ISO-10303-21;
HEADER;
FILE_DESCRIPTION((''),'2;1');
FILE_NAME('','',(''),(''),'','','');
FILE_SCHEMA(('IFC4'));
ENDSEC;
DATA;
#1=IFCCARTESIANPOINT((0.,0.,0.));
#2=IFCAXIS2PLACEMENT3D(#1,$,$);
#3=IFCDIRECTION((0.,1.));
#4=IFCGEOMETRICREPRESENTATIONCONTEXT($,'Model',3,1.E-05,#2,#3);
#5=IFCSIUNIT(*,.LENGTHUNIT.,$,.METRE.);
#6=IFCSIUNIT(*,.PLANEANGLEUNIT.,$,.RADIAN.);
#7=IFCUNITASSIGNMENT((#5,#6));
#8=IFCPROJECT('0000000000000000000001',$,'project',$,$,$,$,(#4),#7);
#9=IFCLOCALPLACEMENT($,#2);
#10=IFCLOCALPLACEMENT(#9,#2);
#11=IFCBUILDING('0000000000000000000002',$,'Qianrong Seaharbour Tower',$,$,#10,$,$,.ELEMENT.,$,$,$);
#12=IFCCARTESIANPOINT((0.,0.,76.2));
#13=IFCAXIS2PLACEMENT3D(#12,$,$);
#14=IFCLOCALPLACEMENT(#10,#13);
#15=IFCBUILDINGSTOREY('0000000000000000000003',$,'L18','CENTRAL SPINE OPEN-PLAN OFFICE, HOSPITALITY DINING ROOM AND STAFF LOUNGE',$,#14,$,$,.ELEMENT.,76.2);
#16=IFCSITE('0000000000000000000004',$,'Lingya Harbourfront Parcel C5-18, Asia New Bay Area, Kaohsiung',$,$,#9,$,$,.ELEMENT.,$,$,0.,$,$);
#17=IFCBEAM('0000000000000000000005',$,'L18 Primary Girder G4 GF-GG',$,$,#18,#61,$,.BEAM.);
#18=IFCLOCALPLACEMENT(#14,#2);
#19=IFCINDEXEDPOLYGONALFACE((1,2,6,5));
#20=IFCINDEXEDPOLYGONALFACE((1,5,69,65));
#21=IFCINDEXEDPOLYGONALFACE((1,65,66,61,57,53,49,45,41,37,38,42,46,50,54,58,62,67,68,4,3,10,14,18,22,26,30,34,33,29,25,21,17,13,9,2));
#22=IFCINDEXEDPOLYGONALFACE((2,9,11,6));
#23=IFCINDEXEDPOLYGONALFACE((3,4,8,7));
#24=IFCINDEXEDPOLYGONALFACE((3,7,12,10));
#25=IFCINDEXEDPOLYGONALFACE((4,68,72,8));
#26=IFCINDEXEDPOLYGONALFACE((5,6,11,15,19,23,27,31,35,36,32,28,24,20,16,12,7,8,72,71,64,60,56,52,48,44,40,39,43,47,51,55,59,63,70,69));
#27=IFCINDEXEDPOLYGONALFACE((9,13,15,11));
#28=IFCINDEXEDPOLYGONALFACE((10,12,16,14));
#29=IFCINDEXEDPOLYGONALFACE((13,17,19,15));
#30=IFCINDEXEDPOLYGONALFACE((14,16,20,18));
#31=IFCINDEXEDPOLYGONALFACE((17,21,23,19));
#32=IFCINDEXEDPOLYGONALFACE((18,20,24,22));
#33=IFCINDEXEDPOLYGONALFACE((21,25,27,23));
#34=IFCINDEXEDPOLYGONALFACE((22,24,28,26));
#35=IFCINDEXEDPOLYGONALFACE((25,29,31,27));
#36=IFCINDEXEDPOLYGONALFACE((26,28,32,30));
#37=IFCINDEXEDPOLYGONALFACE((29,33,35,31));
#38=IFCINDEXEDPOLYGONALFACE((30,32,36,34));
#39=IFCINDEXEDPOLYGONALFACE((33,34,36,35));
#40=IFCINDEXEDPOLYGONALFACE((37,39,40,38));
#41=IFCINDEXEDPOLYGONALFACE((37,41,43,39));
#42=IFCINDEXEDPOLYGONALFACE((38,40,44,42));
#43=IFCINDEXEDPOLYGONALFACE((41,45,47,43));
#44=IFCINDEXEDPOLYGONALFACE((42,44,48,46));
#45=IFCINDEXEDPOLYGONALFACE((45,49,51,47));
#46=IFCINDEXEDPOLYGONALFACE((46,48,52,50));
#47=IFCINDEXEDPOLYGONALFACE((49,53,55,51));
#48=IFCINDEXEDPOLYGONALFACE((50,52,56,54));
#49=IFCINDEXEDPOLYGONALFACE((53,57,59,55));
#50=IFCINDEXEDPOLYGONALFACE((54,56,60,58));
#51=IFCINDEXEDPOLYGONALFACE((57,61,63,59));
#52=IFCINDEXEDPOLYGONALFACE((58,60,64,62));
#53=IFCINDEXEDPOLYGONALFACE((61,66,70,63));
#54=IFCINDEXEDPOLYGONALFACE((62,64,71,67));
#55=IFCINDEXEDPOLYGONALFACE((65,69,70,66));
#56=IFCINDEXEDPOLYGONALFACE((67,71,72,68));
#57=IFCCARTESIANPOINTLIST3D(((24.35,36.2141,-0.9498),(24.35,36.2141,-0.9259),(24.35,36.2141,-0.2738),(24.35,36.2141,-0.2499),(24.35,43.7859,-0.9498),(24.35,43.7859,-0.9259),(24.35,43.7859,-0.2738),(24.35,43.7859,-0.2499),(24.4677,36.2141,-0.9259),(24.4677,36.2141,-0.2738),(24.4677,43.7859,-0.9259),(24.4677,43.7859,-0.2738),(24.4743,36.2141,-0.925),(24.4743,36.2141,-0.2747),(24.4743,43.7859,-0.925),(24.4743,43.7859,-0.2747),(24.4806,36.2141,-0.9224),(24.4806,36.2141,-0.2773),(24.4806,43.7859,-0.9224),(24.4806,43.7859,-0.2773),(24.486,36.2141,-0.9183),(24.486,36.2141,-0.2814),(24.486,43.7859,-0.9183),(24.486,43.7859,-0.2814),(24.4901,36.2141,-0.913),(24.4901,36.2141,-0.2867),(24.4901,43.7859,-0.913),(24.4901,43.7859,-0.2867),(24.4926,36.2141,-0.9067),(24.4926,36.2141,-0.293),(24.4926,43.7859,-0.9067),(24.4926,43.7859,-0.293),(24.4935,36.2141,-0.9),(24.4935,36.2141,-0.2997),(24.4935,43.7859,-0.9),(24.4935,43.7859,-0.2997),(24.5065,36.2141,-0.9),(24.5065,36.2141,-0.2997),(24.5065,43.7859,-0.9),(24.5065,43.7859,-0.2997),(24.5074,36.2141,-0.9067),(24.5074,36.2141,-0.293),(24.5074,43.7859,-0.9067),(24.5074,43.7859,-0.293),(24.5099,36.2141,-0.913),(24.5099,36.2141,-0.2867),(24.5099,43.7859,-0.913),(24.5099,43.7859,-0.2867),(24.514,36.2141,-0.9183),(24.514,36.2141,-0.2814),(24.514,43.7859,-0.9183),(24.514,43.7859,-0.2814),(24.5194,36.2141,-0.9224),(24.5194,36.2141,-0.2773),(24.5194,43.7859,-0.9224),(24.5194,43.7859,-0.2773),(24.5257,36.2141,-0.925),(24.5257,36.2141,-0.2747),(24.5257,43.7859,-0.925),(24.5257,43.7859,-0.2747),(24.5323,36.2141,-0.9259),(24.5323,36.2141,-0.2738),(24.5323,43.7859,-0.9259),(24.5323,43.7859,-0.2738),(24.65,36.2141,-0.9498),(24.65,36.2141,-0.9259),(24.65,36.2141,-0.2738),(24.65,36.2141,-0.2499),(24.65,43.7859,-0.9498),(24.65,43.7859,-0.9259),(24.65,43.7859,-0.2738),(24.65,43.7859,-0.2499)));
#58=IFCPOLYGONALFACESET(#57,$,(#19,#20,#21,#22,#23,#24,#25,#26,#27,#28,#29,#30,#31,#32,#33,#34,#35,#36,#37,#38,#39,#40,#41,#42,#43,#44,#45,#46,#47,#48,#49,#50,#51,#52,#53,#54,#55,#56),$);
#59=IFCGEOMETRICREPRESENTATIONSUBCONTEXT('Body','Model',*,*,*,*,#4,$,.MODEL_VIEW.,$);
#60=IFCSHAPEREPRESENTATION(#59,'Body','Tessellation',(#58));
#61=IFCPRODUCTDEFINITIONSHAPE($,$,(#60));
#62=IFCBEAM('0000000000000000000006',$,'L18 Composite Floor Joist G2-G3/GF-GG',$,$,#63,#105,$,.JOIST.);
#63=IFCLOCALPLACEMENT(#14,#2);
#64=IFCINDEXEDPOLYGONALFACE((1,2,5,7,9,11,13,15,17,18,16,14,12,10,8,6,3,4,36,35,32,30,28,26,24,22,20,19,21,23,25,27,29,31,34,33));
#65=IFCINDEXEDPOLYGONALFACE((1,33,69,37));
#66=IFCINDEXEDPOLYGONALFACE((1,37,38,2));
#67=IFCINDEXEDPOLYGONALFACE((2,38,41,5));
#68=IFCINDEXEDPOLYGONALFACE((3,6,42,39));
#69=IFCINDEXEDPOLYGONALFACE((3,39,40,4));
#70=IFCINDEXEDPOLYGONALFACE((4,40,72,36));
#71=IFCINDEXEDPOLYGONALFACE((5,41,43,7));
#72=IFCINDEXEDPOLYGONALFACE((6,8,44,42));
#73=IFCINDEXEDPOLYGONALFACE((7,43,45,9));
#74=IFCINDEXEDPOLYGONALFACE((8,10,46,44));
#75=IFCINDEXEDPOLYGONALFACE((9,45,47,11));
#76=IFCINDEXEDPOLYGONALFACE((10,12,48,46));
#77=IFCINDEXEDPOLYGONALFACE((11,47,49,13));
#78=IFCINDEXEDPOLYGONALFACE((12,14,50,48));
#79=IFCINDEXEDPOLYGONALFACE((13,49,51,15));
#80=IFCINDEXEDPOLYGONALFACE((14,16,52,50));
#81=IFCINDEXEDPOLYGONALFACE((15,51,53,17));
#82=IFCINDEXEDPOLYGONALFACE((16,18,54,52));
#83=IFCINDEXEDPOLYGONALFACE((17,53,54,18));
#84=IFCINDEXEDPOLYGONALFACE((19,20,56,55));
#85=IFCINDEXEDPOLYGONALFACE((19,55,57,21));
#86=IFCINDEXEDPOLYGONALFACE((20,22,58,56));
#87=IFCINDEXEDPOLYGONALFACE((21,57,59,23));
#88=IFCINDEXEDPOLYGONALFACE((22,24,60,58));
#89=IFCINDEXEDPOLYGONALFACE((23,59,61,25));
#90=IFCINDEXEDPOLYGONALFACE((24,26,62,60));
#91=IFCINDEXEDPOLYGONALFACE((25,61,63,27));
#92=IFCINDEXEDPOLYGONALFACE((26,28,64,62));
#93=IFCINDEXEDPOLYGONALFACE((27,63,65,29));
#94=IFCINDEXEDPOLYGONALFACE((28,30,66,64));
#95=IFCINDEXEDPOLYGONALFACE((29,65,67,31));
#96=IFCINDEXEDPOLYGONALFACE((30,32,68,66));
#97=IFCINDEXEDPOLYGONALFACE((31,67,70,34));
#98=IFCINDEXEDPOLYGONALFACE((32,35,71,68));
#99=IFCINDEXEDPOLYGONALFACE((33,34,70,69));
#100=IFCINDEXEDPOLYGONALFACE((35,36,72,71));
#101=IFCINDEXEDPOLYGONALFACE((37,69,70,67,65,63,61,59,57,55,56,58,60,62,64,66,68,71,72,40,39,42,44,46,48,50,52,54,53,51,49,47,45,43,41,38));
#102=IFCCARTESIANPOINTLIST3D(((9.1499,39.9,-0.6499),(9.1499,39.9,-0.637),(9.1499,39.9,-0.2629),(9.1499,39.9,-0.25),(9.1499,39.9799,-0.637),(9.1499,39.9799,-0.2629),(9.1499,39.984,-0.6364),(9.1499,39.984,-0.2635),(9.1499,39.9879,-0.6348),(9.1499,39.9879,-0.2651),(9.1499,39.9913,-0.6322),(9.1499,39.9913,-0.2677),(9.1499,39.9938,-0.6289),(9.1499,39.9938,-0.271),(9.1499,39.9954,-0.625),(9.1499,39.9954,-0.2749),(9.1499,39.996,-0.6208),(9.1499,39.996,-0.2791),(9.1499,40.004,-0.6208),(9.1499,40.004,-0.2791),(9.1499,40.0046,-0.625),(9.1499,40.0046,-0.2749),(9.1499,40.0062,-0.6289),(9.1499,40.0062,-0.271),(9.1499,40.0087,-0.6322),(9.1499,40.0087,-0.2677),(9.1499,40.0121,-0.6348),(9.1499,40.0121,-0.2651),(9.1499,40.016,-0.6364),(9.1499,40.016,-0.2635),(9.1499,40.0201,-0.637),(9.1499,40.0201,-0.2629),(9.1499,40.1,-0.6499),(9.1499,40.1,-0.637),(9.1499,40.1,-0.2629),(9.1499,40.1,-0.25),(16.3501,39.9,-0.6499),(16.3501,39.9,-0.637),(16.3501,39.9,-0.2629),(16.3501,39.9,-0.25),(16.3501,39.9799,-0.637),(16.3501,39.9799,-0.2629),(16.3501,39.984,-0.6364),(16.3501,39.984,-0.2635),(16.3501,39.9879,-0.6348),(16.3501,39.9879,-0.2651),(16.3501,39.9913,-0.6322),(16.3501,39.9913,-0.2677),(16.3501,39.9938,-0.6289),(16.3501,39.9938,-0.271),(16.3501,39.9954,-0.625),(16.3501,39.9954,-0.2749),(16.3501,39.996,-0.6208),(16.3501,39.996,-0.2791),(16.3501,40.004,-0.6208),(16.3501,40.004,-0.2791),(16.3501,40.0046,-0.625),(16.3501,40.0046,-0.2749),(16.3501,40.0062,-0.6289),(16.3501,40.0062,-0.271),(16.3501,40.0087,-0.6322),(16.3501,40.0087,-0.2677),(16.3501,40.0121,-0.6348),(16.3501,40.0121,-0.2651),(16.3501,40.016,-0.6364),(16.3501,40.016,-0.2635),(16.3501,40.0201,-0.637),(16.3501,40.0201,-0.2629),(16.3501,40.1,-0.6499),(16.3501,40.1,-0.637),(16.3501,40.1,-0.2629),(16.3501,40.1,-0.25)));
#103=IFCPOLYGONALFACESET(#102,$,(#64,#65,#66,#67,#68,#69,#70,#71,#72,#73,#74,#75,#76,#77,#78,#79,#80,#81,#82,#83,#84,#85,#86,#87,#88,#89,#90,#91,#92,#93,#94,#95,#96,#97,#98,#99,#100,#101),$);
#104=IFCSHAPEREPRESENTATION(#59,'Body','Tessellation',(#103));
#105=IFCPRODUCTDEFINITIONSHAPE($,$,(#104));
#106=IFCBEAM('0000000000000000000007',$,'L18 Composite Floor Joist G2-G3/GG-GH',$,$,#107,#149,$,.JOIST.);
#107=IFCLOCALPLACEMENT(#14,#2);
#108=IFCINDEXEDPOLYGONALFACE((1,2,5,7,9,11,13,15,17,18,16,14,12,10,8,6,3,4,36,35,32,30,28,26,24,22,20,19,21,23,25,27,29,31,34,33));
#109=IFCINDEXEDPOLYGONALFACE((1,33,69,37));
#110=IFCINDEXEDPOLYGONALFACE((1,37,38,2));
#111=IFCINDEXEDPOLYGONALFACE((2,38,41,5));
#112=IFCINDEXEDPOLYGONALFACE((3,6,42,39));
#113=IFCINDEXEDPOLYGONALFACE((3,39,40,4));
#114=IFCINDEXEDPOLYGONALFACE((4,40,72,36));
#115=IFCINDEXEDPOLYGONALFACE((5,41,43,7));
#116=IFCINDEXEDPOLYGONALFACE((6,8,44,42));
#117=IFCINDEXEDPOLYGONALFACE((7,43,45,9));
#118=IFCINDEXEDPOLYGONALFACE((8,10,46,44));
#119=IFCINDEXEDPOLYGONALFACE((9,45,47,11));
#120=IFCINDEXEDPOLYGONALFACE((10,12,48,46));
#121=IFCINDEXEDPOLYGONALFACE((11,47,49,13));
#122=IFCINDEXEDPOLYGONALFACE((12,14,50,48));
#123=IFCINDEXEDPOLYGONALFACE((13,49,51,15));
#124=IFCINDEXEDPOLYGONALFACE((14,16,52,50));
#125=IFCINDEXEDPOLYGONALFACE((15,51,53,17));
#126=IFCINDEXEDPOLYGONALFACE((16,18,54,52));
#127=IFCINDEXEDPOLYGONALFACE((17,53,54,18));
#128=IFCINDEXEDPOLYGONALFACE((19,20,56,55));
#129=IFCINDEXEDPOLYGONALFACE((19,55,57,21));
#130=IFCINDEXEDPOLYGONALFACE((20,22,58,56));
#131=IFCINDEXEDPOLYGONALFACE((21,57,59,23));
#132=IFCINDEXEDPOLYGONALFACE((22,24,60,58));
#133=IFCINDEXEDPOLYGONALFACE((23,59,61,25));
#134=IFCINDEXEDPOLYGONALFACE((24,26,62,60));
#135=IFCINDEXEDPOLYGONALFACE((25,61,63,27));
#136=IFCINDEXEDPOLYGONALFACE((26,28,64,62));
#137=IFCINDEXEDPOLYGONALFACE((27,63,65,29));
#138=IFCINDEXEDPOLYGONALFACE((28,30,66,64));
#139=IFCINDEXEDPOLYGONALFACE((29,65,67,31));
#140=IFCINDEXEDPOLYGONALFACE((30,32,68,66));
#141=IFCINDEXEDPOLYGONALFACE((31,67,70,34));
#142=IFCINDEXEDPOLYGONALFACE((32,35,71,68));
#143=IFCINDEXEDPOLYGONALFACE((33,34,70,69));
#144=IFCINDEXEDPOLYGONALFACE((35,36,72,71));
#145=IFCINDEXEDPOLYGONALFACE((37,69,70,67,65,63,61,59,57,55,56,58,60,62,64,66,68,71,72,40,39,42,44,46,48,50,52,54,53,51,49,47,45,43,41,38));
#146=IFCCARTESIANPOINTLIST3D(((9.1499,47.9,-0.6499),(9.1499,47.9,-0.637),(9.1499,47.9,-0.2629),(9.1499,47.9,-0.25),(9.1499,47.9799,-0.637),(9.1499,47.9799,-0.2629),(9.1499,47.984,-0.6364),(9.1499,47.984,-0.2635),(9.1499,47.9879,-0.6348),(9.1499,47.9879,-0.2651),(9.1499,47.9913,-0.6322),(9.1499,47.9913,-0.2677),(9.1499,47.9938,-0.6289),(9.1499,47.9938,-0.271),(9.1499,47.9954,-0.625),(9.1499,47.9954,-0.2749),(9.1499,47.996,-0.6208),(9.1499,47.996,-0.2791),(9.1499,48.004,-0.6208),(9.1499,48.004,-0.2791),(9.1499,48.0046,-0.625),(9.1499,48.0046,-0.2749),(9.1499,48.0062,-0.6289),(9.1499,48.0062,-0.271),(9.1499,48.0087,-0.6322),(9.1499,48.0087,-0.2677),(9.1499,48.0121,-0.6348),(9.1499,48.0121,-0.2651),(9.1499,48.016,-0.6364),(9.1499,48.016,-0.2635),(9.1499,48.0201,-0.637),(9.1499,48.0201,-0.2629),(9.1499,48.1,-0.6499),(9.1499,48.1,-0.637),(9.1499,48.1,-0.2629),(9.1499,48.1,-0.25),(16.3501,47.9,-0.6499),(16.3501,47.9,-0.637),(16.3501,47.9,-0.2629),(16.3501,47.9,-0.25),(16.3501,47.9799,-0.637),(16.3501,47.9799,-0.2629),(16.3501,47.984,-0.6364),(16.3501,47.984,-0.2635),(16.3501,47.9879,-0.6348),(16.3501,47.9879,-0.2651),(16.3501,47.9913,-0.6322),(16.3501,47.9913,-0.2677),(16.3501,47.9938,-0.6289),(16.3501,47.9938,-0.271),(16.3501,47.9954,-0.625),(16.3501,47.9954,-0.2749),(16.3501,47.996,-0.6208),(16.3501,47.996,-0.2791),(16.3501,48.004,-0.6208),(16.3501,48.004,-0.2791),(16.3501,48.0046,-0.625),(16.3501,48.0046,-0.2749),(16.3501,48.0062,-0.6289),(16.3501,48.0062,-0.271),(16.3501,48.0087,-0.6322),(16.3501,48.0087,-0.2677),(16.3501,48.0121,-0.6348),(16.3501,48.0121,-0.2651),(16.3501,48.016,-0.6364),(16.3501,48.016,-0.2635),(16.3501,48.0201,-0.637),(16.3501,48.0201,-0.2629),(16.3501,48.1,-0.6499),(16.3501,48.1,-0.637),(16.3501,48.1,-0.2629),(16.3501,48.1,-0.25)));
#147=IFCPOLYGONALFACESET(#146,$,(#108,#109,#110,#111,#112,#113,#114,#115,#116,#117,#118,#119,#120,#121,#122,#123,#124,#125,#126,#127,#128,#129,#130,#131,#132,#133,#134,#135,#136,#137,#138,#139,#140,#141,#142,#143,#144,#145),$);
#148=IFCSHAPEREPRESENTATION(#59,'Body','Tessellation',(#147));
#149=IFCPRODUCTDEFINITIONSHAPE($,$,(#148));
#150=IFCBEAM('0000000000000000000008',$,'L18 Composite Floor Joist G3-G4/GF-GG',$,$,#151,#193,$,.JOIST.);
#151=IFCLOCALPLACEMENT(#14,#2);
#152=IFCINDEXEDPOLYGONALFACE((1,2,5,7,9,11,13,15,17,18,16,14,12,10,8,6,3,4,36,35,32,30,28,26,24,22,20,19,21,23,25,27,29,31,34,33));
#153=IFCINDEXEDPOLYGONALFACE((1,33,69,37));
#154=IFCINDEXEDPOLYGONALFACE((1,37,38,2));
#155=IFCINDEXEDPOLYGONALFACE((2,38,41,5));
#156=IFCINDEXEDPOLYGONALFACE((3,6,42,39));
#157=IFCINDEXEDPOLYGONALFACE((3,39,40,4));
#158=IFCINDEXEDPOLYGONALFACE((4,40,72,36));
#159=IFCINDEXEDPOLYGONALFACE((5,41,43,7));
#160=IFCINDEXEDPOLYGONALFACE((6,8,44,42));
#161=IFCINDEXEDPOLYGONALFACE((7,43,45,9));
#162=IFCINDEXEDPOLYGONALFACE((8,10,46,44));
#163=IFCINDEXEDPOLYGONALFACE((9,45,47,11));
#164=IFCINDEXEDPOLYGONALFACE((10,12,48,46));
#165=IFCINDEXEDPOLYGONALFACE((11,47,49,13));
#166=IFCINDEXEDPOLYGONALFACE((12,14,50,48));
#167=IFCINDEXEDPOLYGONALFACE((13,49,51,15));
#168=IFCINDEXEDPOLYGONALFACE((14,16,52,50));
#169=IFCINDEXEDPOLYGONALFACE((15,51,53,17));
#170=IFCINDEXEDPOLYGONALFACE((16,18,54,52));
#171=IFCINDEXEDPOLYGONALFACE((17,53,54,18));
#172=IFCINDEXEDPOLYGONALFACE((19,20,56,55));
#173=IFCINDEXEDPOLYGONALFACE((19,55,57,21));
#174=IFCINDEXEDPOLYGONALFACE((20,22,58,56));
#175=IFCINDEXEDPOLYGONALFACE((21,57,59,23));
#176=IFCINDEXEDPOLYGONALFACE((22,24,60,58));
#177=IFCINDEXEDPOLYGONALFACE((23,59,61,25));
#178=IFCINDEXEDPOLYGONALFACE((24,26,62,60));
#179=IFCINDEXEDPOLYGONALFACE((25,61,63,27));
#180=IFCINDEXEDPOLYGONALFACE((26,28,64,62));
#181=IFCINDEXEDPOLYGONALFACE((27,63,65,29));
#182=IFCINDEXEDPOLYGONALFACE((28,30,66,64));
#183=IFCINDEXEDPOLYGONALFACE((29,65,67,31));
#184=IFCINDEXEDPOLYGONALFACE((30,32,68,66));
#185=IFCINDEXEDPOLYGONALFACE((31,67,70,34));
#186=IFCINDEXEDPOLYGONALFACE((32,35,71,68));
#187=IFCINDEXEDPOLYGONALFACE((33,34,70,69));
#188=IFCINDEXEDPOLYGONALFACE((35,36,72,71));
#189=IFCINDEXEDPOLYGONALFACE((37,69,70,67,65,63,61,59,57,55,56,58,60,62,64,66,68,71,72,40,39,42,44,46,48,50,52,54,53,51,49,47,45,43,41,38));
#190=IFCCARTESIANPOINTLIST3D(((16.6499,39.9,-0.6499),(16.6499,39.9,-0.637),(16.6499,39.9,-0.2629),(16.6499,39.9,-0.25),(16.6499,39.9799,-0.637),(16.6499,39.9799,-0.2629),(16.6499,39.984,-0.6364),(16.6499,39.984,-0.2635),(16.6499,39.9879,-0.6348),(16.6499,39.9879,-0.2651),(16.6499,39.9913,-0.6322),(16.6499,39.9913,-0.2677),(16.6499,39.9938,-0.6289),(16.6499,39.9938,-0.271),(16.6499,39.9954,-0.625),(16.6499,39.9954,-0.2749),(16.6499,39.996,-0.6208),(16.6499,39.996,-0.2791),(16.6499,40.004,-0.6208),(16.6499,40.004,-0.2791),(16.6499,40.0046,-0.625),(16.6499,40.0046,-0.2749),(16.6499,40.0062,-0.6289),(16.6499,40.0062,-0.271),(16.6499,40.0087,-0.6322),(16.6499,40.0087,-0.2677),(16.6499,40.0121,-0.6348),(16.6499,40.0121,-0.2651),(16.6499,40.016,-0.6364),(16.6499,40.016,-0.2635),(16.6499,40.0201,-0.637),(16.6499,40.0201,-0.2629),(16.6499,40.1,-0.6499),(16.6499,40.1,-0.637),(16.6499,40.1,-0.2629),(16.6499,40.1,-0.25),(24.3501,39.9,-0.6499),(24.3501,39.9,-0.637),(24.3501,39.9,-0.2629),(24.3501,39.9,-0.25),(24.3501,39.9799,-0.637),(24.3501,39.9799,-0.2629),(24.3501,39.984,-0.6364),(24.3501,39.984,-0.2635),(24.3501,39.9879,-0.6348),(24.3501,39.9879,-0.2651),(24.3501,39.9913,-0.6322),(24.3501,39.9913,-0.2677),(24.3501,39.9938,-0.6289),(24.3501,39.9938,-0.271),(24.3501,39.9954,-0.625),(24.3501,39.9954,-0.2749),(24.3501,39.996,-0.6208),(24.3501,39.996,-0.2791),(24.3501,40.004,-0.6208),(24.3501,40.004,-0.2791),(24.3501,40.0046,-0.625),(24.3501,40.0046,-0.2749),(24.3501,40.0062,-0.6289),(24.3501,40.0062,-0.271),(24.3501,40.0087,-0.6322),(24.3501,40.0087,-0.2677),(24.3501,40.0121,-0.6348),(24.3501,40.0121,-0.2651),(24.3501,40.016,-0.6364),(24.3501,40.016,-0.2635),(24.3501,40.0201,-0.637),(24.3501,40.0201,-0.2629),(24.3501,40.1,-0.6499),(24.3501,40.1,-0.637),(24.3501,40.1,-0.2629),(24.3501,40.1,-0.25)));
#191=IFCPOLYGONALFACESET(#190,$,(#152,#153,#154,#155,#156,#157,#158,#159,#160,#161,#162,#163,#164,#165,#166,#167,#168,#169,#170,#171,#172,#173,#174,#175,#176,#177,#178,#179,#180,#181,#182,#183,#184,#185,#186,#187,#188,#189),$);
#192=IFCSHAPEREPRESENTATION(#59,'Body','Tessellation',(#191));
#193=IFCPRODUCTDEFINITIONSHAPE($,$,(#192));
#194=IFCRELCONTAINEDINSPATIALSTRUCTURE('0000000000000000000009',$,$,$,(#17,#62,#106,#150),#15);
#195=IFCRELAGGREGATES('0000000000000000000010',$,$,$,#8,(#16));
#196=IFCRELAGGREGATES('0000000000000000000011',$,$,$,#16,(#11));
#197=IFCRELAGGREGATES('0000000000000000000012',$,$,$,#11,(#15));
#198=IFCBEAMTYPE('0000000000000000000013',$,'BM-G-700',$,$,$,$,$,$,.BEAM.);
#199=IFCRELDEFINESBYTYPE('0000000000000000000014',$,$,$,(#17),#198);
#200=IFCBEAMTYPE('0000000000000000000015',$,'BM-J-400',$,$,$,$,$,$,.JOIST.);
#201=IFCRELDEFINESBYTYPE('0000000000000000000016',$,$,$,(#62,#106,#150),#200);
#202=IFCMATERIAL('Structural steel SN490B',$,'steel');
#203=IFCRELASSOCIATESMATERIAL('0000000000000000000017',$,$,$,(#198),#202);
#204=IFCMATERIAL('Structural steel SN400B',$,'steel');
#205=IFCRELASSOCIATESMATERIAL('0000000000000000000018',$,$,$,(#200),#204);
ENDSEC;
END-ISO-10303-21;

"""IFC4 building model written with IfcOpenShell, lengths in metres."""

from ifc_helpers import new_model, si_unit, direction, frame, origin, origin_2d, place, context, subcontext, project, spatial, i_section, extrude, material, material_profile, profile_set, type_object, element, save


model = new_model("IFC4")

# Units and contexts
model_context = context("Model", 3, precision=1e-05, world=origin(), true_north=direction((0.0, 1.0)))
body_context = subcontext(model_context, "Body", "Model", "MODEL_VIEW")
ifc_project = project(units=[si_unit("LENGTHUNIT", "METRE"), si_unit("PLANEANGLEUNIT", "RADIAN")], contexts=[model_context])

# Site, building, storey
site_placement = place(None, origin())
site = spatial("IfcSite", under=ifc_project, at=site_placement, Name="Lingya Harbourfront Parcel C5-18, Asia New Bay Area, Kaohsiung", CompositionType="ELEMENT", RefElevation=0.0)
building_placement = place(site_placement, origin())
building = spatial("IfcBuilding", under=site, at=building_placement, Name="Qianrong Seaharbour Tower", CompositionType="ELEMENT")
storey_placement = place(building_placement, frame((0.0, 0.0, 76.2)))
storey = spatial("IfcBuildingStorey", under=building, at=storey_placement, Name="L18", Description="CENTRAL SPINE OPEN-PLAN OFFICE, HOSPITALITY DINING ROOM AND STAFF LOUNGE", CompositionType="ELEMENT", Elevation=76.2)

# Shared definitions
ifc_material_1 = material(Name="Structural steel SN490B", Category="steel")

# Beams
ifc_material_profile_1 = material_profile(ifc_material_1, i_section(OverallWidth=0.3, OverallDepth=0.7, WebThickness=0.0129, FlangeThickness=0.0239, FilletRadius=0.0259, at=origin_2d()), Name="H700x300x13x24")
ifc_profile_set_1 = profile_set([ifc_material_profile_1], Name="Structural steel SN490B")
beam_type_1 = type_object("IfcBeamType", Name="BM-G-700", PredefinedType="BEAM", material=ifc_profile_set_1)
beam_1_placement = place(storey_placement, frame((24.5, 36.2141, -0.5999), z_axis=(0.0, 1.0, 0.0), x_axis=(-1.0, 0.0, 0.0)))
element("IfcBeam", 1, at=beam_1_placement, inside=storey, type_object=beam_type_1, Name="L18 Primary Girder G4 GF-GG", PredefinedType="BEAM", context=body_context, shape_type="SweptSolid", body=[
    extrude(i_section(OverallWidth=0.3, OverallDepth=0.7, WebThickness=0.0129, FlangeThickness=0.0239, FilletRadius=0.0259, at=origin_2d()), origin(), (0.0, 0.0, 1.0), 7.5718),
])
ifc_material_2 = material(Name="Structural steel SN400B", Category="steel")
ifc_material_profile_2 = material_profile(ifc_material_2, i_section(OverallWidth=0.2, OverallDepth=0.3999, WebThickness=0.0081, FlangeThickness=0.0129, FilletRadius=0.0161, at=origin_2d()), Name="H400x200x8x13")
ifc_profile_set_2 = profile_set([ifc_material_profile_2], Name="Structural steel SN400B")
beam_type_2 = type_object("IfcBeamType", Name="BM-J-400", PredefinedType="JOIST", material=ifc_profile_set_2)
for number, where, z_axis, x_axis, name in (
    (2, (9.1499, 40.0, -0.45), (1.0, 0.0, 0.0), (0.0, 1.0, 0.0), "L18 Composite Floor Joist G2-G3/GF-GG"),
    (3, (9.1499, 48.0, -0.45), (1.0, 0.0, 0.0), (0.0, 1.0, 0.0), "L18 Composite Floor Joist G2-G3/GG-GH"),
):
    element("IfcBeam", number, at=place(storey_placement, frame(where, z_axis=z_axis, x_axis=x_axis)), inside=storey, type_object=beam_type_2, Name=name, PredefinedType="JOIST", context=body_context, shape_type="SweptSolid", body=[
        extrude(i_section(OverallWidth=0.2, OverallDepth=0.3999, WebThickness=0.0081, FlangeThickness=0.0129, FilletRadius=0.0161, at=origin_2d()), origin(), (0.0, 0.0, 1.0), 7.2002),
    ])
for number, where, z_axis, x_axis, name in (
    (4, (16.6499, 40.0, -0.45), (1.0, 0.0, 0.0), (0.0, 1.0, 0.0), "L18 Composite Floor Joist G3-G4/GF-GG"),
):
    element("IfcBeam", number, at=place(storey_placement, frame(where, z_axis=z_axis, x_axis=x_axis)), inside=storey, type_object=beam_type_2, Name=name, PredefinedType="JOIST", context=body_context, shape_type="SweptSolid", body=[
        extrude(i_section(OverallWidth=0.2, OverallDepth=0.3999, WebThickness=0.0081, FlangeThickness=0.0129, FilletRadius=0.0161, at=origin_2d()), origin(), (0.0, 0.0, 1.0), 7.7002),
    ])

save(model, "model.ifc")
